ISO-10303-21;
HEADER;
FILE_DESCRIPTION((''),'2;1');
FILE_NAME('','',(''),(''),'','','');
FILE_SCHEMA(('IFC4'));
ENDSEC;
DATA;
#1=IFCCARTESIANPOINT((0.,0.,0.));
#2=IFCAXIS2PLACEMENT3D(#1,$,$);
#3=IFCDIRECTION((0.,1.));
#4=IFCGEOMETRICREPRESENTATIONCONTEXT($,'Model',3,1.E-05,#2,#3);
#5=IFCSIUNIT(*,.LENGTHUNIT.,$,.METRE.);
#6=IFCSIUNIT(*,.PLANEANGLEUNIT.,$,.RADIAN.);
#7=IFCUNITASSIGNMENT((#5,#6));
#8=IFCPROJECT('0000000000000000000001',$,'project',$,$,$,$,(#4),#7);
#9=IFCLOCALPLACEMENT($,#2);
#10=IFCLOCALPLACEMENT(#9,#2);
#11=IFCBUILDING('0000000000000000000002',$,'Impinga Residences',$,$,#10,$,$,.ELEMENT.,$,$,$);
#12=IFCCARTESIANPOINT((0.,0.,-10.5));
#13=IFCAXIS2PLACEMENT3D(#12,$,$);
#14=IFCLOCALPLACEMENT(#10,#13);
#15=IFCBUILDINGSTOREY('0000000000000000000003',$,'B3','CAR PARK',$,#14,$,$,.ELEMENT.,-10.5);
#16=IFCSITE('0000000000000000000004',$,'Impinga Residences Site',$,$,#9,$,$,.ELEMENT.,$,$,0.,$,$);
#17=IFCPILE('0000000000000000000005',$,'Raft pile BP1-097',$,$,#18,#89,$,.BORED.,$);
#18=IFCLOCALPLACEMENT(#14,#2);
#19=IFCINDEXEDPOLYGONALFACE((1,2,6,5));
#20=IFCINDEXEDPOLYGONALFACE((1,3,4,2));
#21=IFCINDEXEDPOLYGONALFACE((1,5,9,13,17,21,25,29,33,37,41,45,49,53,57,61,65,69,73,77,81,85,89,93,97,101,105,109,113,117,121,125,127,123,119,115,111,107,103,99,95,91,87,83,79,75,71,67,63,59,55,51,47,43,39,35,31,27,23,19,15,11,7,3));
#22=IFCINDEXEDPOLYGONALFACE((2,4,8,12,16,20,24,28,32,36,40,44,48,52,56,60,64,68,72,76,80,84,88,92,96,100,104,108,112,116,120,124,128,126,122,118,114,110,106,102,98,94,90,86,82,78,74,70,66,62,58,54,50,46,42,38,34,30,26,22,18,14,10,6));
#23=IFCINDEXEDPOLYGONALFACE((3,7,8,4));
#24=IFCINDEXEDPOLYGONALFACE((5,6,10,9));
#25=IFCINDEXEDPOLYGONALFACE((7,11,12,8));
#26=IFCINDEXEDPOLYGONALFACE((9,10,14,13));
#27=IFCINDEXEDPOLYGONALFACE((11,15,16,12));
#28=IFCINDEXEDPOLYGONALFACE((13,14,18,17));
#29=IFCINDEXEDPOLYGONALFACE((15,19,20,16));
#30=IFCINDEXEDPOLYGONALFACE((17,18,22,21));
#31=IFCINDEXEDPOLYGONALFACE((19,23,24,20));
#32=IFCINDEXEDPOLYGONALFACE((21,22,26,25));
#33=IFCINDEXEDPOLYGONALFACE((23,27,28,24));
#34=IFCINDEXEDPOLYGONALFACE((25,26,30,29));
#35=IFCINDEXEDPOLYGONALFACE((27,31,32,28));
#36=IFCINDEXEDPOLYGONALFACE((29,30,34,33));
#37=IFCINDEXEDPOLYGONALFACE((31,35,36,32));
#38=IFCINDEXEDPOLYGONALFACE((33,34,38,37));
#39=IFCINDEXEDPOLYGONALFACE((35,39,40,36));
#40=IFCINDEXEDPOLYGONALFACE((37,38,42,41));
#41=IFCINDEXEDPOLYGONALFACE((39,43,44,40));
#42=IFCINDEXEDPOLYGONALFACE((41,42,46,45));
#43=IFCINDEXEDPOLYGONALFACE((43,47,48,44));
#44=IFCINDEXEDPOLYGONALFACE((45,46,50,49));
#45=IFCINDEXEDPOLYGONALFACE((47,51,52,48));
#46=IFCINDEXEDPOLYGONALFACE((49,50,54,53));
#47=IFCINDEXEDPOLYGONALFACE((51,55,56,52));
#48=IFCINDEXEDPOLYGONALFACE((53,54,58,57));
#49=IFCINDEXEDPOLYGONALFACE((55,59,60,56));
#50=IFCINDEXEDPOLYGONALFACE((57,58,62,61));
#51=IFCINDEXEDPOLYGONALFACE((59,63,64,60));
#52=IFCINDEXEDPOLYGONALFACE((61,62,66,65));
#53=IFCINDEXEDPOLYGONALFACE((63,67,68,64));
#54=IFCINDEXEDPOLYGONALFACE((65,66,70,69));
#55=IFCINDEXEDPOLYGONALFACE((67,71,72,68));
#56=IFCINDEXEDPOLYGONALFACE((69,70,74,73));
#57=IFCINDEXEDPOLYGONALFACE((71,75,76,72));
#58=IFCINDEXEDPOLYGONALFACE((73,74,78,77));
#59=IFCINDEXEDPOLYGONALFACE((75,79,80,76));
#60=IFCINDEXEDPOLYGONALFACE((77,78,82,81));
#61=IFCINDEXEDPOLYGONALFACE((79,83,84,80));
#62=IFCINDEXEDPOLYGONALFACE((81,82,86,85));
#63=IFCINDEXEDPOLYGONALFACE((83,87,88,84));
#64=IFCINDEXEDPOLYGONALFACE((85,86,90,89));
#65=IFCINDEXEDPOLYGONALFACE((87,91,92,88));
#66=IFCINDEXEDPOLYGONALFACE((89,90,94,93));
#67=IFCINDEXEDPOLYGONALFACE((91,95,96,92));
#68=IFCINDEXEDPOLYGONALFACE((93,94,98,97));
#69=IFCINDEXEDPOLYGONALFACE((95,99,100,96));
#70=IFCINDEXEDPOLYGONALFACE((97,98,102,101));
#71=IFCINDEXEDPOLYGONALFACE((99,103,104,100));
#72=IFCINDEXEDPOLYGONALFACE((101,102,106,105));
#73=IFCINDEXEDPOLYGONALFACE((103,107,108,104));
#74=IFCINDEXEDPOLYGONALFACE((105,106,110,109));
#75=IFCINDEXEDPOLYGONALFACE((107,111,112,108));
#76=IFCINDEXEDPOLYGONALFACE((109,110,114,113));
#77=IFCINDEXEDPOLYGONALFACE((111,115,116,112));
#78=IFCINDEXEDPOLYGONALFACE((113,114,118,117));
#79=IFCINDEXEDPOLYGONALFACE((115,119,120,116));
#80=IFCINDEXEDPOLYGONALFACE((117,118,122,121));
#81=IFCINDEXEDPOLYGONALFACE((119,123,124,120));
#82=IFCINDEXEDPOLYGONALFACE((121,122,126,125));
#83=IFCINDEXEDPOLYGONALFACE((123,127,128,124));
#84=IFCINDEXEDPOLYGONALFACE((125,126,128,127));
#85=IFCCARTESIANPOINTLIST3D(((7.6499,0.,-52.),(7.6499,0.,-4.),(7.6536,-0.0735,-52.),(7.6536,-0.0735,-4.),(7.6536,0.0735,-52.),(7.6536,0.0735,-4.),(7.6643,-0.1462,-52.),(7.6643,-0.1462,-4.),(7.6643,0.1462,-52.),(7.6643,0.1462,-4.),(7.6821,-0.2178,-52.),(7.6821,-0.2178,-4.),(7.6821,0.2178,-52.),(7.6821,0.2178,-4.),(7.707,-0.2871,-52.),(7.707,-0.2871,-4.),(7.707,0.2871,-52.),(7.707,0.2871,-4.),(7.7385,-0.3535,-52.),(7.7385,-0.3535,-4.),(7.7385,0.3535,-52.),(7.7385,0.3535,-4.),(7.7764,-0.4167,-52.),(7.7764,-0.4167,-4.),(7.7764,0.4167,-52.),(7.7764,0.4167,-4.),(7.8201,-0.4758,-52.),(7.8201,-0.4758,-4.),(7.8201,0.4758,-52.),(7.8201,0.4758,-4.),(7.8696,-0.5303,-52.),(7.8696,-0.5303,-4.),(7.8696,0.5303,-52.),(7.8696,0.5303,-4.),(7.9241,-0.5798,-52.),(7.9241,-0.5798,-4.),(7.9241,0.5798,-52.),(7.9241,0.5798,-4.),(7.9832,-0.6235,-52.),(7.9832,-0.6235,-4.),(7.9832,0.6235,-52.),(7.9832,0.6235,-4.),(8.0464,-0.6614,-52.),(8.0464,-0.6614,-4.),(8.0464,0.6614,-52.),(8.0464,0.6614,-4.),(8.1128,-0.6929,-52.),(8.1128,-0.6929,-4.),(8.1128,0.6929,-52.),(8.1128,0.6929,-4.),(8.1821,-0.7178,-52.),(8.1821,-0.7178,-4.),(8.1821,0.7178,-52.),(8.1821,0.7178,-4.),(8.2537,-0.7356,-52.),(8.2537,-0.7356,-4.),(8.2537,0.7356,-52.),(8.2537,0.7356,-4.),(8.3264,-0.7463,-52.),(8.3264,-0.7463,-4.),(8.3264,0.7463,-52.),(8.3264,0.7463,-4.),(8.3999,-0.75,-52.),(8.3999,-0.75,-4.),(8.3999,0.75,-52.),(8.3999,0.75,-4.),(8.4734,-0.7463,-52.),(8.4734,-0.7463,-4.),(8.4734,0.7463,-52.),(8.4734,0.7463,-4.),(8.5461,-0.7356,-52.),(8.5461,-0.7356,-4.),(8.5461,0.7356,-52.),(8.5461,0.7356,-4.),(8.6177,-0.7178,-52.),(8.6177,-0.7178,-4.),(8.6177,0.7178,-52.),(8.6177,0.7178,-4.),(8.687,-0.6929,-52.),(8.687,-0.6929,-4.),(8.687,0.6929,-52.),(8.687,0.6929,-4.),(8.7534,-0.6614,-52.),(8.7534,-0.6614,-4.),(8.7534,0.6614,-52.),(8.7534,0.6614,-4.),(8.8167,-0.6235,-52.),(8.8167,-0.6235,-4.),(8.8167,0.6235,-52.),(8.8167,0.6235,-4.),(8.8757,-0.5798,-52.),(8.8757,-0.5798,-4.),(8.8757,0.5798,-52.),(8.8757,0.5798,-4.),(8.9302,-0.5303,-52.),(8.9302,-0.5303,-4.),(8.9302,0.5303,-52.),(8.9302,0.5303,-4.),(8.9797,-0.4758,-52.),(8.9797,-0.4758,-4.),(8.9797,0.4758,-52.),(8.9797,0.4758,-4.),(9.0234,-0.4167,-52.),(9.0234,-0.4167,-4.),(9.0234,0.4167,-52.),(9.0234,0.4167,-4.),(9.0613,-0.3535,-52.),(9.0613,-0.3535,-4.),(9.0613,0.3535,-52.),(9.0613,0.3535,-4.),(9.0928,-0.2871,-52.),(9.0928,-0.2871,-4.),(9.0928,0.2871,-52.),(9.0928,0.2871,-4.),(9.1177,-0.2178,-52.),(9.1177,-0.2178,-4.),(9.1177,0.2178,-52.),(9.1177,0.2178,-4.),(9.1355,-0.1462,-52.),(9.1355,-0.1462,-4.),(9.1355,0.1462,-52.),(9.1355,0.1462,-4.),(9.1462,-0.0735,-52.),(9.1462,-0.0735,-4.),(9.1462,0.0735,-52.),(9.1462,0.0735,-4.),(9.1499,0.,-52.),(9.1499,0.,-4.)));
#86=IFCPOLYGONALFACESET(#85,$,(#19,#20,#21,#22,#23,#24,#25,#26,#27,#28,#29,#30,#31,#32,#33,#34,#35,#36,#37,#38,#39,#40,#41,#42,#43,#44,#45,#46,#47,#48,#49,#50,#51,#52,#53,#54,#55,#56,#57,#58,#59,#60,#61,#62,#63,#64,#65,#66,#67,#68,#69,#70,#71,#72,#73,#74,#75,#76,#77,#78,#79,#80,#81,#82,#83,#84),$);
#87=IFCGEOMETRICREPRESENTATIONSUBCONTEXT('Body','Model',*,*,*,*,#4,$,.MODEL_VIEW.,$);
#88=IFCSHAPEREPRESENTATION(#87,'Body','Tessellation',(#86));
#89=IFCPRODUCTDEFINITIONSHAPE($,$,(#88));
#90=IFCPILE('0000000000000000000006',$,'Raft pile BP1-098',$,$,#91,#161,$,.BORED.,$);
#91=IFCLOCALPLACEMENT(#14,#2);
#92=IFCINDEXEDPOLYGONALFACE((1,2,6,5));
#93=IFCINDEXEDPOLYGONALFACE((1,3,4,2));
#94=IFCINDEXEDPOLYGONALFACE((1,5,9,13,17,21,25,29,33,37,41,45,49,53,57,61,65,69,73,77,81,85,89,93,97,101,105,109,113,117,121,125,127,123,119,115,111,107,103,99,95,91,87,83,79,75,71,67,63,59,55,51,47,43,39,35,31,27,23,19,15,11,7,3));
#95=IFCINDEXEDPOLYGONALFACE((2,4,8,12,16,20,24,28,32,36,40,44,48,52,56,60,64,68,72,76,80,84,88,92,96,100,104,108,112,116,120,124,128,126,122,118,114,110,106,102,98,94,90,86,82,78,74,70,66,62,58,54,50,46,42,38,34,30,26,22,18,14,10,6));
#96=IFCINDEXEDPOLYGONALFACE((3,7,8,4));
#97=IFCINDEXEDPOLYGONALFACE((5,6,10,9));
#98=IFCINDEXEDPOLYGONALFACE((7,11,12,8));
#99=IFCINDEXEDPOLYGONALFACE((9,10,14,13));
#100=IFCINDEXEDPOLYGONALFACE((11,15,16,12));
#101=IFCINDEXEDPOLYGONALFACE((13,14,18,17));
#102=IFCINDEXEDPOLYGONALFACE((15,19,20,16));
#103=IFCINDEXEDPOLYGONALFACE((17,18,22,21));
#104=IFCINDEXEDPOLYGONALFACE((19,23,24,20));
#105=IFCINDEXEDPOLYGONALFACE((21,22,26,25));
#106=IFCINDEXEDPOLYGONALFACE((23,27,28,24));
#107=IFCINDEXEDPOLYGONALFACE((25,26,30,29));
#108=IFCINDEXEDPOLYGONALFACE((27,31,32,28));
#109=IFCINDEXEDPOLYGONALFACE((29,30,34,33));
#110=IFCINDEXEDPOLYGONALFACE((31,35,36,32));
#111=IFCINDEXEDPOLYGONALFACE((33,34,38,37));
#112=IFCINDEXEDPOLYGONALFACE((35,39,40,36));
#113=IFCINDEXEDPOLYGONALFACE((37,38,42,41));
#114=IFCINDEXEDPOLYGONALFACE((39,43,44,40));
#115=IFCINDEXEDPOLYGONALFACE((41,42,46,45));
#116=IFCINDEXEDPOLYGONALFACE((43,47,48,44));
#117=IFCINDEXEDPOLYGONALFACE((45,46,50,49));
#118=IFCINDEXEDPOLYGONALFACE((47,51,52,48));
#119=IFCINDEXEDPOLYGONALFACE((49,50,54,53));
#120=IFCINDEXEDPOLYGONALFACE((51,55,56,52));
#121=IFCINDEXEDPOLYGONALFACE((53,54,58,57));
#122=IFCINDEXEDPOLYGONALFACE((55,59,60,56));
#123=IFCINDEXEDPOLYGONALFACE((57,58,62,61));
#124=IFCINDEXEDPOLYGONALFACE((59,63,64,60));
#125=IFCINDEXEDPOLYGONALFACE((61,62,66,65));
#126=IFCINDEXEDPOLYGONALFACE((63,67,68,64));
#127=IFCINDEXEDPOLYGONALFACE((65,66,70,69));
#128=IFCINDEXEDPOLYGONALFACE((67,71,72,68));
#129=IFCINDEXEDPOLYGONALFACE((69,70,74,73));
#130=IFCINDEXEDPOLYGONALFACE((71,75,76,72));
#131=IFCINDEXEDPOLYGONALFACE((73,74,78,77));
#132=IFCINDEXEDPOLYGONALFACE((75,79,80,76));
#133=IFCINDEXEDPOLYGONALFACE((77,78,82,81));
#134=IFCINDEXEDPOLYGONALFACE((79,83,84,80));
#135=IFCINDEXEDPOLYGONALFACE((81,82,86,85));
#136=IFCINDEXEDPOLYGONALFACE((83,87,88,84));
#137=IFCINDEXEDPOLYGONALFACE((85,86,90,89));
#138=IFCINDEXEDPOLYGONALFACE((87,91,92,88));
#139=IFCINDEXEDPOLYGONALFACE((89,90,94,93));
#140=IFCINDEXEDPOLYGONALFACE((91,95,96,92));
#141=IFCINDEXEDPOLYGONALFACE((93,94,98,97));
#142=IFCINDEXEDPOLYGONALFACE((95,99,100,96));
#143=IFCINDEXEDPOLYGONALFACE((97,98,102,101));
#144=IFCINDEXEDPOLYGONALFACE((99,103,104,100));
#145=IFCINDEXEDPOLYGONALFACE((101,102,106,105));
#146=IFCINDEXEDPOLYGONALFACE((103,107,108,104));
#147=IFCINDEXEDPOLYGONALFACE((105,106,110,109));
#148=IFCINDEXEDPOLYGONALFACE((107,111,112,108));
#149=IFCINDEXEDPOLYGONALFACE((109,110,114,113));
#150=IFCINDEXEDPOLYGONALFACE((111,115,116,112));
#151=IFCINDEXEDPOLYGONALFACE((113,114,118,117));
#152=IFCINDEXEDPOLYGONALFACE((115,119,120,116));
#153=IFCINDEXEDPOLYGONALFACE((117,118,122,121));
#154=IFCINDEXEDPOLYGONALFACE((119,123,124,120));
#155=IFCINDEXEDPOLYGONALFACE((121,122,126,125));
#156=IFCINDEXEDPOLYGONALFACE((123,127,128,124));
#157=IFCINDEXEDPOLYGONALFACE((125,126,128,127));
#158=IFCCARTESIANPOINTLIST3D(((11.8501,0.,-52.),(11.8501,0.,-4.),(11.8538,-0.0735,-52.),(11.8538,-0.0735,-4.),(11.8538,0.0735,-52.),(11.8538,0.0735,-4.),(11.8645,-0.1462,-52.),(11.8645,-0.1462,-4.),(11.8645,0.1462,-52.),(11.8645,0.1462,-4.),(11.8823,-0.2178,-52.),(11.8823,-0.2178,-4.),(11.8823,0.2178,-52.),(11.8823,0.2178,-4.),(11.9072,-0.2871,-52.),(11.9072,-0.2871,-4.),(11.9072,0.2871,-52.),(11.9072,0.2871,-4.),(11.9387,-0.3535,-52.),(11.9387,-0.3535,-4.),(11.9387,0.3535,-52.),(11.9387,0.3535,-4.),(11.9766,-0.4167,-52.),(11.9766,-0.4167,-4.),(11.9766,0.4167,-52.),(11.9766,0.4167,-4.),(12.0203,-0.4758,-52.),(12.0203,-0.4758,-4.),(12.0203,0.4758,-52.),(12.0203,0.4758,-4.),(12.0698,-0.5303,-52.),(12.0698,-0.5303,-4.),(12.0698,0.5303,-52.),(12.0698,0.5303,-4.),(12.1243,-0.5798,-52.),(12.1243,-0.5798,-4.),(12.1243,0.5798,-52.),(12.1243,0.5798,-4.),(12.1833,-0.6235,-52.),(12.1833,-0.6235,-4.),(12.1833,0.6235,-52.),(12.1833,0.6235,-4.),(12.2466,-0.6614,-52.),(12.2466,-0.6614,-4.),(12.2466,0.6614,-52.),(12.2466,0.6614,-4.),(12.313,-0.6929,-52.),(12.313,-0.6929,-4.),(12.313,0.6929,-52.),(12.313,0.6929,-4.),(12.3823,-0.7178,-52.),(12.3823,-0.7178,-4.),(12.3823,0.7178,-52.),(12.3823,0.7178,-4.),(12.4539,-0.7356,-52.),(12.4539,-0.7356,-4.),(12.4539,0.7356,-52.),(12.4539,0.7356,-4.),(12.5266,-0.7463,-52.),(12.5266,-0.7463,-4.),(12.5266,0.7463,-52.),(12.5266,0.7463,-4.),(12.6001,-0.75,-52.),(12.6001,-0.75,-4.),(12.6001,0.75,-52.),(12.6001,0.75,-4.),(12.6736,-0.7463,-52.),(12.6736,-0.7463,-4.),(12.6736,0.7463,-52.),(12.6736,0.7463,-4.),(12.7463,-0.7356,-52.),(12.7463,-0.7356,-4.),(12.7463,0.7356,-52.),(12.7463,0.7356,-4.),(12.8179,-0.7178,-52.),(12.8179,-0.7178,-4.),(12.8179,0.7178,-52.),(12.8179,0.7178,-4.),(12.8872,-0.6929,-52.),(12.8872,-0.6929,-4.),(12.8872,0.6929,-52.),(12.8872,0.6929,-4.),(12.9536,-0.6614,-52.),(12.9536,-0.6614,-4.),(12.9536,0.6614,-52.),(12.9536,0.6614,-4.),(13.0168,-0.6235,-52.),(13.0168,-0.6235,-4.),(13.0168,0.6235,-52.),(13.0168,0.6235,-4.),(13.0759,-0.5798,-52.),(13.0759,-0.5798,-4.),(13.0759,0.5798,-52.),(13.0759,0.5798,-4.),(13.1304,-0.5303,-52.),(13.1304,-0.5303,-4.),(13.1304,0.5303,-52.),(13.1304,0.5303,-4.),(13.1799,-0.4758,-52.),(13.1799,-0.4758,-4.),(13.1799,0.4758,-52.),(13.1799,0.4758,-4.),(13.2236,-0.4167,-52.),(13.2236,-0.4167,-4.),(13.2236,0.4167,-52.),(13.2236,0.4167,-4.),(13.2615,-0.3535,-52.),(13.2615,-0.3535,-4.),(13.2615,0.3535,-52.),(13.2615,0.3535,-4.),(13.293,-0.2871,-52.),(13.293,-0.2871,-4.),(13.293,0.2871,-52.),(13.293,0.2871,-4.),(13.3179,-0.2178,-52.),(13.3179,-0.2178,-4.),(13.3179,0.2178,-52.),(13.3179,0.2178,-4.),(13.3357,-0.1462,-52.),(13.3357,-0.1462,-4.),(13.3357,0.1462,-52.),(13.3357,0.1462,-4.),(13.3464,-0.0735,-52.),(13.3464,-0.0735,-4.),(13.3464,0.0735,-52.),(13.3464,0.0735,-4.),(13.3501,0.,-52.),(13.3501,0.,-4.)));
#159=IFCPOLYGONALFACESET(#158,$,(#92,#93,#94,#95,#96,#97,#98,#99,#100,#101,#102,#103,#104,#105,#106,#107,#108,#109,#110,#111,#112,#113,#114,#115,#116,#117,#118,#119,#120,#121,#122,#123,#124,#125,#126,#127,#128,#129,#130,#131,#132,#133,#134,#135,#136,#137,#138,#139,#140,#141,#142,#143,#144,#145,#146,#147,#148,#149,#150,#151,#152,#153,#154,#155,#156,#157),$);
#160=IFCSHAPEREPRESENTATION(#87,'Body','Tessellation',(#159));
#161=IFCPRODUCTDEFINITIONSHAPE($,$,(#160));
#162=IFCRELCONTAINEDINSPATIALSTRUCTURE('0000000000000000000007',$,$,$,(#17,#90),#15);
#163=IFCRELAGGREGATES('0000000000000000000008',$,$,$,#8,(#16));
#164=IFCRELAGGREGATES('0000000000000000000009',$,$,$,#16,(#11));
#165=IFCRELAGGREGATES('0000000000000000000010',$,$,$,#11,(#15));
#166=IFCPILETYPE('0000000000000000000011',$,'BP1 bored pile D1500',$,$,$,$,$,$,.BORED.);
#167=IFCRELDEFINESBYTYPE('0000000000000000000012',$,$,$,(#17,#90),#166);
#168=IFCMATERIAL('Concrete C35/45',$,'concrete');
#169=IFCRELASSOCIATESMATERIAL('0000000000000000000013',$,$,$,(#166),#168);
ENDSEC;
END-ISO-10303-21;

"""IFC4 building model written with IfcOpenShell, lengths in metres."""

from ifc_helpers import new_model, si_unit, direction, frame, origin, origin_2d, place, context, subcontext, project, spatial, polyline, circle, outline, extrude, material, material_profile, profile_set, type_object, element, save


model = new_model("IFC4")

# Units and contexts
model_context = context("Model", 3, precision=1e-05, world=origin(), true_north=direction((0.0, 1.0)))
body_context = subcontext(model_context, "Body", "Model", "MODEL_VIEW")
ifc_project = project(units=[si_unit("LENGTHUNIT", "METRE"), si_unit("PLANEANGLEUNIT", "RADIAN")], contexts=[model_context])

# Site, building, storey
site_placement = place(None, origin())
site = spatial("IfcSite", under=ifc_project, at=site_placement, Name="Impinga Residences Site", CompositionType="ELEMENT", RefElevation=0.0)
building_placement = place(site_placement, origin())
building = spatial("IfcBuilding", under=site, at=building_placement, Name="Impinga Residences", CompositionType="ELEMENT")
storey_placement = place(building_placement, frame((0.0, 0.0, -10.5)))
storey = spatial("IfcBuildingStorey", under=building, at=storey_placement, Name="B3", Description="CAR PARK", CompositionType="ELEMENT", Elevation=-10.5)

# Piles
ifc_material_1 = material(Name="Concrete C35/45", Category="concrete")
ifc_material_profile_1 = material_profile(ifc_material_1, circle(Radius=0.75, at=origin_2d()), Name="D1500")
ifc_profile_set_1 = profile_set([ifc_material_profile_1], Name="Concrete C35/45")
pile_type_1 = type_object("IfcPileType", Name="BP1 bored pile D1500", PredefinedType="BORED", material=ifc_profile_set_1)
pile_1_placement = place(storey_placement, frame((8.3999, 0.0, -4.0), z_axis=(0.0, 0.0, -1.0), x_axis=(1.0, 0.0, 0.0)))
element("IfcPile", 1, at=pile_1_placement, inside=storey, type_object=pile_type_1, Name="Raft pile BP1-097", PredefinedType="BORED", context=body_context, shape_type="SweptSolid", body=[
    extrude(outline(polyline([(0.75, 0.0), (0.7463, 0.0735), (0.7356, 0.1462), (0.7178, 0.2178), (0.6929, 0.2871), (0.6614, 0.3535), (0.6235, 0.4167), (0.5798, 0.4758), (0.5303, 0.5303), (0.4758, 0.5798), (0.4167, 0.6235), (0.3535, 0.6614), (0.2871, 0.6929), (0.2178, 0.7178), (0.1462, 0.7356), (0.0735, 0.7463), (0.0, 0.75), (-0.0735, 0.7463), (-0.1462, 0.7356), (-0.2178, 0.7178), (-0.2871, 0.6929), (-0.3535, 0.6614), (-0.4167, 0.6235), (-0.4758, 0.5798), (-0.5303, 0.5303), (-0.5798, 0.4758), (-0.6235, 0.4167), (-0.6614, 0.3535), (-0.6929, 0.2871), (-0.7178, 0.2178), (-0.7356, 0.1462), (-0.7463, 0.0735), (-0.75, 0.0), (-0.7463, -0.0735), (-0.7356, -0.1462), (-0.7178, -0.2178), (-0.6929, -0.2871), (-0.6614, -0.3535), (-0.6235, -0.4167), (-0.5798, -0.4758), (-0.5303, -0.5303), (-0.4758, -0.5798), (-0.4167, -0.6235), (-0.3535, -0.6614), (-0.2871, -0.6929), (-0.2178, -0.7178), (-0.1462, -0.7356), (-0.0735, -0.7463), (0.0, -0.75), (0.0735, -0.7463), (0.1462, -0.7356), (0.2178, -0.7178), (0.2871, -0.6929), (0.3535, -0.6614), (0.4167, -0.6235), (0.4758, -0.5798), (0.5303, -0.5303), (0.5798, -0.4758), (0.6235, -0.4167), (0.6614, -0.3535), (0.6929, -0.2871), (0.7178, -0.2178), (0.7356, -0.1462), (0.7463, -0.0735), (0.75, 0.0)])), origin(), (0.0, 0.0, 1.0), 48.0),
])
pile_2_placement = place(storey_placement, frame((12.6001, 0.0, -4.0), z_axis=(0.0, 0.0, -1.0), x_axis=(1.0, 0.0, 0.0)))
element("IfcPile", 2, at=pile_2_placement, inside=storey, type_object=pile_type_1, Name="Raft pile BP1-098", PredefinedType="BORED", context=body_context, shape_type="SweptSolid", body=[
    extrude(outline(polyline([(0.75, 0.0), (0.7463, 0.0735), (0.7356, 0.1462), (0.7178, 0.2178), (0.6929, 0.2871), (0.6614, 0.3535), (0.6235, 0.4167), (0.5798, 0.4758), (0.5303, 0.5303), (0.4758, 0.5798), (0.4167, 0.6235), (0.3535, 0.6614), (0.2871, 0.6929), (0.2178, 0.7178), (0.1462, 0.7356), (0.0735, 0.7463), (0.0, 0.75), (-0.0735, 0.7463), (-0.1462, 0.7356), (-0.2178, 0.7178), (-0.2871, 0.6929), (-0.3535, 0.6614), (-0.4167, 0.6235), (-0.4758, 0.5798), (-0.5303, 0.5303), (-0.5798, 0.4758), (-0.6235, 0.4167), (-0.6614, 0.3535), (-0.6929, 0.2871), (-0.7178, 0.2178), (-0.7356, 0.1462), (-0.7463, 0.0735), (-0.75, 0.0), (-0.7463, -0.0735), (-0.7356, -0.1462), (-0.7178, -0.2178), (-0.6929, -0.2871), (-0.6614, -0.3535), (-0.6235, -0.4167), (-0.5798, -0.4758), (-0.5303, -0.5303), (-0.4758, -0.5798), (-0.4167, -0.6235), (-0.3535, -0.6614), (-0.2871, -0.6929), (-0.2178, -0.7178), (-0.1462, -0.7356), (-0.0735, -0.7463), (0.0, -0.75), (0.0735, -0.7463), (0.1462, -0.7356), (0.2178, -0.7178), (0.2871, -0.6929), (0.3535, -0.6614), (0.4167, -0.6235), (0.4758, -0.5798), (0.5303, -0.5303), (0.5798, -0.4758), (0.6235, -0.4167), (0.6614, -0.3535), (0.6929, -0.2871), (0.7178, -0.2178), (0.7356, -0.1462), (0.7463, -0.0735), (0.75, 0.0)])), origin(), (0.0, 0.0, 1.0), 48.0),
])

save(model, "model.ifc")
